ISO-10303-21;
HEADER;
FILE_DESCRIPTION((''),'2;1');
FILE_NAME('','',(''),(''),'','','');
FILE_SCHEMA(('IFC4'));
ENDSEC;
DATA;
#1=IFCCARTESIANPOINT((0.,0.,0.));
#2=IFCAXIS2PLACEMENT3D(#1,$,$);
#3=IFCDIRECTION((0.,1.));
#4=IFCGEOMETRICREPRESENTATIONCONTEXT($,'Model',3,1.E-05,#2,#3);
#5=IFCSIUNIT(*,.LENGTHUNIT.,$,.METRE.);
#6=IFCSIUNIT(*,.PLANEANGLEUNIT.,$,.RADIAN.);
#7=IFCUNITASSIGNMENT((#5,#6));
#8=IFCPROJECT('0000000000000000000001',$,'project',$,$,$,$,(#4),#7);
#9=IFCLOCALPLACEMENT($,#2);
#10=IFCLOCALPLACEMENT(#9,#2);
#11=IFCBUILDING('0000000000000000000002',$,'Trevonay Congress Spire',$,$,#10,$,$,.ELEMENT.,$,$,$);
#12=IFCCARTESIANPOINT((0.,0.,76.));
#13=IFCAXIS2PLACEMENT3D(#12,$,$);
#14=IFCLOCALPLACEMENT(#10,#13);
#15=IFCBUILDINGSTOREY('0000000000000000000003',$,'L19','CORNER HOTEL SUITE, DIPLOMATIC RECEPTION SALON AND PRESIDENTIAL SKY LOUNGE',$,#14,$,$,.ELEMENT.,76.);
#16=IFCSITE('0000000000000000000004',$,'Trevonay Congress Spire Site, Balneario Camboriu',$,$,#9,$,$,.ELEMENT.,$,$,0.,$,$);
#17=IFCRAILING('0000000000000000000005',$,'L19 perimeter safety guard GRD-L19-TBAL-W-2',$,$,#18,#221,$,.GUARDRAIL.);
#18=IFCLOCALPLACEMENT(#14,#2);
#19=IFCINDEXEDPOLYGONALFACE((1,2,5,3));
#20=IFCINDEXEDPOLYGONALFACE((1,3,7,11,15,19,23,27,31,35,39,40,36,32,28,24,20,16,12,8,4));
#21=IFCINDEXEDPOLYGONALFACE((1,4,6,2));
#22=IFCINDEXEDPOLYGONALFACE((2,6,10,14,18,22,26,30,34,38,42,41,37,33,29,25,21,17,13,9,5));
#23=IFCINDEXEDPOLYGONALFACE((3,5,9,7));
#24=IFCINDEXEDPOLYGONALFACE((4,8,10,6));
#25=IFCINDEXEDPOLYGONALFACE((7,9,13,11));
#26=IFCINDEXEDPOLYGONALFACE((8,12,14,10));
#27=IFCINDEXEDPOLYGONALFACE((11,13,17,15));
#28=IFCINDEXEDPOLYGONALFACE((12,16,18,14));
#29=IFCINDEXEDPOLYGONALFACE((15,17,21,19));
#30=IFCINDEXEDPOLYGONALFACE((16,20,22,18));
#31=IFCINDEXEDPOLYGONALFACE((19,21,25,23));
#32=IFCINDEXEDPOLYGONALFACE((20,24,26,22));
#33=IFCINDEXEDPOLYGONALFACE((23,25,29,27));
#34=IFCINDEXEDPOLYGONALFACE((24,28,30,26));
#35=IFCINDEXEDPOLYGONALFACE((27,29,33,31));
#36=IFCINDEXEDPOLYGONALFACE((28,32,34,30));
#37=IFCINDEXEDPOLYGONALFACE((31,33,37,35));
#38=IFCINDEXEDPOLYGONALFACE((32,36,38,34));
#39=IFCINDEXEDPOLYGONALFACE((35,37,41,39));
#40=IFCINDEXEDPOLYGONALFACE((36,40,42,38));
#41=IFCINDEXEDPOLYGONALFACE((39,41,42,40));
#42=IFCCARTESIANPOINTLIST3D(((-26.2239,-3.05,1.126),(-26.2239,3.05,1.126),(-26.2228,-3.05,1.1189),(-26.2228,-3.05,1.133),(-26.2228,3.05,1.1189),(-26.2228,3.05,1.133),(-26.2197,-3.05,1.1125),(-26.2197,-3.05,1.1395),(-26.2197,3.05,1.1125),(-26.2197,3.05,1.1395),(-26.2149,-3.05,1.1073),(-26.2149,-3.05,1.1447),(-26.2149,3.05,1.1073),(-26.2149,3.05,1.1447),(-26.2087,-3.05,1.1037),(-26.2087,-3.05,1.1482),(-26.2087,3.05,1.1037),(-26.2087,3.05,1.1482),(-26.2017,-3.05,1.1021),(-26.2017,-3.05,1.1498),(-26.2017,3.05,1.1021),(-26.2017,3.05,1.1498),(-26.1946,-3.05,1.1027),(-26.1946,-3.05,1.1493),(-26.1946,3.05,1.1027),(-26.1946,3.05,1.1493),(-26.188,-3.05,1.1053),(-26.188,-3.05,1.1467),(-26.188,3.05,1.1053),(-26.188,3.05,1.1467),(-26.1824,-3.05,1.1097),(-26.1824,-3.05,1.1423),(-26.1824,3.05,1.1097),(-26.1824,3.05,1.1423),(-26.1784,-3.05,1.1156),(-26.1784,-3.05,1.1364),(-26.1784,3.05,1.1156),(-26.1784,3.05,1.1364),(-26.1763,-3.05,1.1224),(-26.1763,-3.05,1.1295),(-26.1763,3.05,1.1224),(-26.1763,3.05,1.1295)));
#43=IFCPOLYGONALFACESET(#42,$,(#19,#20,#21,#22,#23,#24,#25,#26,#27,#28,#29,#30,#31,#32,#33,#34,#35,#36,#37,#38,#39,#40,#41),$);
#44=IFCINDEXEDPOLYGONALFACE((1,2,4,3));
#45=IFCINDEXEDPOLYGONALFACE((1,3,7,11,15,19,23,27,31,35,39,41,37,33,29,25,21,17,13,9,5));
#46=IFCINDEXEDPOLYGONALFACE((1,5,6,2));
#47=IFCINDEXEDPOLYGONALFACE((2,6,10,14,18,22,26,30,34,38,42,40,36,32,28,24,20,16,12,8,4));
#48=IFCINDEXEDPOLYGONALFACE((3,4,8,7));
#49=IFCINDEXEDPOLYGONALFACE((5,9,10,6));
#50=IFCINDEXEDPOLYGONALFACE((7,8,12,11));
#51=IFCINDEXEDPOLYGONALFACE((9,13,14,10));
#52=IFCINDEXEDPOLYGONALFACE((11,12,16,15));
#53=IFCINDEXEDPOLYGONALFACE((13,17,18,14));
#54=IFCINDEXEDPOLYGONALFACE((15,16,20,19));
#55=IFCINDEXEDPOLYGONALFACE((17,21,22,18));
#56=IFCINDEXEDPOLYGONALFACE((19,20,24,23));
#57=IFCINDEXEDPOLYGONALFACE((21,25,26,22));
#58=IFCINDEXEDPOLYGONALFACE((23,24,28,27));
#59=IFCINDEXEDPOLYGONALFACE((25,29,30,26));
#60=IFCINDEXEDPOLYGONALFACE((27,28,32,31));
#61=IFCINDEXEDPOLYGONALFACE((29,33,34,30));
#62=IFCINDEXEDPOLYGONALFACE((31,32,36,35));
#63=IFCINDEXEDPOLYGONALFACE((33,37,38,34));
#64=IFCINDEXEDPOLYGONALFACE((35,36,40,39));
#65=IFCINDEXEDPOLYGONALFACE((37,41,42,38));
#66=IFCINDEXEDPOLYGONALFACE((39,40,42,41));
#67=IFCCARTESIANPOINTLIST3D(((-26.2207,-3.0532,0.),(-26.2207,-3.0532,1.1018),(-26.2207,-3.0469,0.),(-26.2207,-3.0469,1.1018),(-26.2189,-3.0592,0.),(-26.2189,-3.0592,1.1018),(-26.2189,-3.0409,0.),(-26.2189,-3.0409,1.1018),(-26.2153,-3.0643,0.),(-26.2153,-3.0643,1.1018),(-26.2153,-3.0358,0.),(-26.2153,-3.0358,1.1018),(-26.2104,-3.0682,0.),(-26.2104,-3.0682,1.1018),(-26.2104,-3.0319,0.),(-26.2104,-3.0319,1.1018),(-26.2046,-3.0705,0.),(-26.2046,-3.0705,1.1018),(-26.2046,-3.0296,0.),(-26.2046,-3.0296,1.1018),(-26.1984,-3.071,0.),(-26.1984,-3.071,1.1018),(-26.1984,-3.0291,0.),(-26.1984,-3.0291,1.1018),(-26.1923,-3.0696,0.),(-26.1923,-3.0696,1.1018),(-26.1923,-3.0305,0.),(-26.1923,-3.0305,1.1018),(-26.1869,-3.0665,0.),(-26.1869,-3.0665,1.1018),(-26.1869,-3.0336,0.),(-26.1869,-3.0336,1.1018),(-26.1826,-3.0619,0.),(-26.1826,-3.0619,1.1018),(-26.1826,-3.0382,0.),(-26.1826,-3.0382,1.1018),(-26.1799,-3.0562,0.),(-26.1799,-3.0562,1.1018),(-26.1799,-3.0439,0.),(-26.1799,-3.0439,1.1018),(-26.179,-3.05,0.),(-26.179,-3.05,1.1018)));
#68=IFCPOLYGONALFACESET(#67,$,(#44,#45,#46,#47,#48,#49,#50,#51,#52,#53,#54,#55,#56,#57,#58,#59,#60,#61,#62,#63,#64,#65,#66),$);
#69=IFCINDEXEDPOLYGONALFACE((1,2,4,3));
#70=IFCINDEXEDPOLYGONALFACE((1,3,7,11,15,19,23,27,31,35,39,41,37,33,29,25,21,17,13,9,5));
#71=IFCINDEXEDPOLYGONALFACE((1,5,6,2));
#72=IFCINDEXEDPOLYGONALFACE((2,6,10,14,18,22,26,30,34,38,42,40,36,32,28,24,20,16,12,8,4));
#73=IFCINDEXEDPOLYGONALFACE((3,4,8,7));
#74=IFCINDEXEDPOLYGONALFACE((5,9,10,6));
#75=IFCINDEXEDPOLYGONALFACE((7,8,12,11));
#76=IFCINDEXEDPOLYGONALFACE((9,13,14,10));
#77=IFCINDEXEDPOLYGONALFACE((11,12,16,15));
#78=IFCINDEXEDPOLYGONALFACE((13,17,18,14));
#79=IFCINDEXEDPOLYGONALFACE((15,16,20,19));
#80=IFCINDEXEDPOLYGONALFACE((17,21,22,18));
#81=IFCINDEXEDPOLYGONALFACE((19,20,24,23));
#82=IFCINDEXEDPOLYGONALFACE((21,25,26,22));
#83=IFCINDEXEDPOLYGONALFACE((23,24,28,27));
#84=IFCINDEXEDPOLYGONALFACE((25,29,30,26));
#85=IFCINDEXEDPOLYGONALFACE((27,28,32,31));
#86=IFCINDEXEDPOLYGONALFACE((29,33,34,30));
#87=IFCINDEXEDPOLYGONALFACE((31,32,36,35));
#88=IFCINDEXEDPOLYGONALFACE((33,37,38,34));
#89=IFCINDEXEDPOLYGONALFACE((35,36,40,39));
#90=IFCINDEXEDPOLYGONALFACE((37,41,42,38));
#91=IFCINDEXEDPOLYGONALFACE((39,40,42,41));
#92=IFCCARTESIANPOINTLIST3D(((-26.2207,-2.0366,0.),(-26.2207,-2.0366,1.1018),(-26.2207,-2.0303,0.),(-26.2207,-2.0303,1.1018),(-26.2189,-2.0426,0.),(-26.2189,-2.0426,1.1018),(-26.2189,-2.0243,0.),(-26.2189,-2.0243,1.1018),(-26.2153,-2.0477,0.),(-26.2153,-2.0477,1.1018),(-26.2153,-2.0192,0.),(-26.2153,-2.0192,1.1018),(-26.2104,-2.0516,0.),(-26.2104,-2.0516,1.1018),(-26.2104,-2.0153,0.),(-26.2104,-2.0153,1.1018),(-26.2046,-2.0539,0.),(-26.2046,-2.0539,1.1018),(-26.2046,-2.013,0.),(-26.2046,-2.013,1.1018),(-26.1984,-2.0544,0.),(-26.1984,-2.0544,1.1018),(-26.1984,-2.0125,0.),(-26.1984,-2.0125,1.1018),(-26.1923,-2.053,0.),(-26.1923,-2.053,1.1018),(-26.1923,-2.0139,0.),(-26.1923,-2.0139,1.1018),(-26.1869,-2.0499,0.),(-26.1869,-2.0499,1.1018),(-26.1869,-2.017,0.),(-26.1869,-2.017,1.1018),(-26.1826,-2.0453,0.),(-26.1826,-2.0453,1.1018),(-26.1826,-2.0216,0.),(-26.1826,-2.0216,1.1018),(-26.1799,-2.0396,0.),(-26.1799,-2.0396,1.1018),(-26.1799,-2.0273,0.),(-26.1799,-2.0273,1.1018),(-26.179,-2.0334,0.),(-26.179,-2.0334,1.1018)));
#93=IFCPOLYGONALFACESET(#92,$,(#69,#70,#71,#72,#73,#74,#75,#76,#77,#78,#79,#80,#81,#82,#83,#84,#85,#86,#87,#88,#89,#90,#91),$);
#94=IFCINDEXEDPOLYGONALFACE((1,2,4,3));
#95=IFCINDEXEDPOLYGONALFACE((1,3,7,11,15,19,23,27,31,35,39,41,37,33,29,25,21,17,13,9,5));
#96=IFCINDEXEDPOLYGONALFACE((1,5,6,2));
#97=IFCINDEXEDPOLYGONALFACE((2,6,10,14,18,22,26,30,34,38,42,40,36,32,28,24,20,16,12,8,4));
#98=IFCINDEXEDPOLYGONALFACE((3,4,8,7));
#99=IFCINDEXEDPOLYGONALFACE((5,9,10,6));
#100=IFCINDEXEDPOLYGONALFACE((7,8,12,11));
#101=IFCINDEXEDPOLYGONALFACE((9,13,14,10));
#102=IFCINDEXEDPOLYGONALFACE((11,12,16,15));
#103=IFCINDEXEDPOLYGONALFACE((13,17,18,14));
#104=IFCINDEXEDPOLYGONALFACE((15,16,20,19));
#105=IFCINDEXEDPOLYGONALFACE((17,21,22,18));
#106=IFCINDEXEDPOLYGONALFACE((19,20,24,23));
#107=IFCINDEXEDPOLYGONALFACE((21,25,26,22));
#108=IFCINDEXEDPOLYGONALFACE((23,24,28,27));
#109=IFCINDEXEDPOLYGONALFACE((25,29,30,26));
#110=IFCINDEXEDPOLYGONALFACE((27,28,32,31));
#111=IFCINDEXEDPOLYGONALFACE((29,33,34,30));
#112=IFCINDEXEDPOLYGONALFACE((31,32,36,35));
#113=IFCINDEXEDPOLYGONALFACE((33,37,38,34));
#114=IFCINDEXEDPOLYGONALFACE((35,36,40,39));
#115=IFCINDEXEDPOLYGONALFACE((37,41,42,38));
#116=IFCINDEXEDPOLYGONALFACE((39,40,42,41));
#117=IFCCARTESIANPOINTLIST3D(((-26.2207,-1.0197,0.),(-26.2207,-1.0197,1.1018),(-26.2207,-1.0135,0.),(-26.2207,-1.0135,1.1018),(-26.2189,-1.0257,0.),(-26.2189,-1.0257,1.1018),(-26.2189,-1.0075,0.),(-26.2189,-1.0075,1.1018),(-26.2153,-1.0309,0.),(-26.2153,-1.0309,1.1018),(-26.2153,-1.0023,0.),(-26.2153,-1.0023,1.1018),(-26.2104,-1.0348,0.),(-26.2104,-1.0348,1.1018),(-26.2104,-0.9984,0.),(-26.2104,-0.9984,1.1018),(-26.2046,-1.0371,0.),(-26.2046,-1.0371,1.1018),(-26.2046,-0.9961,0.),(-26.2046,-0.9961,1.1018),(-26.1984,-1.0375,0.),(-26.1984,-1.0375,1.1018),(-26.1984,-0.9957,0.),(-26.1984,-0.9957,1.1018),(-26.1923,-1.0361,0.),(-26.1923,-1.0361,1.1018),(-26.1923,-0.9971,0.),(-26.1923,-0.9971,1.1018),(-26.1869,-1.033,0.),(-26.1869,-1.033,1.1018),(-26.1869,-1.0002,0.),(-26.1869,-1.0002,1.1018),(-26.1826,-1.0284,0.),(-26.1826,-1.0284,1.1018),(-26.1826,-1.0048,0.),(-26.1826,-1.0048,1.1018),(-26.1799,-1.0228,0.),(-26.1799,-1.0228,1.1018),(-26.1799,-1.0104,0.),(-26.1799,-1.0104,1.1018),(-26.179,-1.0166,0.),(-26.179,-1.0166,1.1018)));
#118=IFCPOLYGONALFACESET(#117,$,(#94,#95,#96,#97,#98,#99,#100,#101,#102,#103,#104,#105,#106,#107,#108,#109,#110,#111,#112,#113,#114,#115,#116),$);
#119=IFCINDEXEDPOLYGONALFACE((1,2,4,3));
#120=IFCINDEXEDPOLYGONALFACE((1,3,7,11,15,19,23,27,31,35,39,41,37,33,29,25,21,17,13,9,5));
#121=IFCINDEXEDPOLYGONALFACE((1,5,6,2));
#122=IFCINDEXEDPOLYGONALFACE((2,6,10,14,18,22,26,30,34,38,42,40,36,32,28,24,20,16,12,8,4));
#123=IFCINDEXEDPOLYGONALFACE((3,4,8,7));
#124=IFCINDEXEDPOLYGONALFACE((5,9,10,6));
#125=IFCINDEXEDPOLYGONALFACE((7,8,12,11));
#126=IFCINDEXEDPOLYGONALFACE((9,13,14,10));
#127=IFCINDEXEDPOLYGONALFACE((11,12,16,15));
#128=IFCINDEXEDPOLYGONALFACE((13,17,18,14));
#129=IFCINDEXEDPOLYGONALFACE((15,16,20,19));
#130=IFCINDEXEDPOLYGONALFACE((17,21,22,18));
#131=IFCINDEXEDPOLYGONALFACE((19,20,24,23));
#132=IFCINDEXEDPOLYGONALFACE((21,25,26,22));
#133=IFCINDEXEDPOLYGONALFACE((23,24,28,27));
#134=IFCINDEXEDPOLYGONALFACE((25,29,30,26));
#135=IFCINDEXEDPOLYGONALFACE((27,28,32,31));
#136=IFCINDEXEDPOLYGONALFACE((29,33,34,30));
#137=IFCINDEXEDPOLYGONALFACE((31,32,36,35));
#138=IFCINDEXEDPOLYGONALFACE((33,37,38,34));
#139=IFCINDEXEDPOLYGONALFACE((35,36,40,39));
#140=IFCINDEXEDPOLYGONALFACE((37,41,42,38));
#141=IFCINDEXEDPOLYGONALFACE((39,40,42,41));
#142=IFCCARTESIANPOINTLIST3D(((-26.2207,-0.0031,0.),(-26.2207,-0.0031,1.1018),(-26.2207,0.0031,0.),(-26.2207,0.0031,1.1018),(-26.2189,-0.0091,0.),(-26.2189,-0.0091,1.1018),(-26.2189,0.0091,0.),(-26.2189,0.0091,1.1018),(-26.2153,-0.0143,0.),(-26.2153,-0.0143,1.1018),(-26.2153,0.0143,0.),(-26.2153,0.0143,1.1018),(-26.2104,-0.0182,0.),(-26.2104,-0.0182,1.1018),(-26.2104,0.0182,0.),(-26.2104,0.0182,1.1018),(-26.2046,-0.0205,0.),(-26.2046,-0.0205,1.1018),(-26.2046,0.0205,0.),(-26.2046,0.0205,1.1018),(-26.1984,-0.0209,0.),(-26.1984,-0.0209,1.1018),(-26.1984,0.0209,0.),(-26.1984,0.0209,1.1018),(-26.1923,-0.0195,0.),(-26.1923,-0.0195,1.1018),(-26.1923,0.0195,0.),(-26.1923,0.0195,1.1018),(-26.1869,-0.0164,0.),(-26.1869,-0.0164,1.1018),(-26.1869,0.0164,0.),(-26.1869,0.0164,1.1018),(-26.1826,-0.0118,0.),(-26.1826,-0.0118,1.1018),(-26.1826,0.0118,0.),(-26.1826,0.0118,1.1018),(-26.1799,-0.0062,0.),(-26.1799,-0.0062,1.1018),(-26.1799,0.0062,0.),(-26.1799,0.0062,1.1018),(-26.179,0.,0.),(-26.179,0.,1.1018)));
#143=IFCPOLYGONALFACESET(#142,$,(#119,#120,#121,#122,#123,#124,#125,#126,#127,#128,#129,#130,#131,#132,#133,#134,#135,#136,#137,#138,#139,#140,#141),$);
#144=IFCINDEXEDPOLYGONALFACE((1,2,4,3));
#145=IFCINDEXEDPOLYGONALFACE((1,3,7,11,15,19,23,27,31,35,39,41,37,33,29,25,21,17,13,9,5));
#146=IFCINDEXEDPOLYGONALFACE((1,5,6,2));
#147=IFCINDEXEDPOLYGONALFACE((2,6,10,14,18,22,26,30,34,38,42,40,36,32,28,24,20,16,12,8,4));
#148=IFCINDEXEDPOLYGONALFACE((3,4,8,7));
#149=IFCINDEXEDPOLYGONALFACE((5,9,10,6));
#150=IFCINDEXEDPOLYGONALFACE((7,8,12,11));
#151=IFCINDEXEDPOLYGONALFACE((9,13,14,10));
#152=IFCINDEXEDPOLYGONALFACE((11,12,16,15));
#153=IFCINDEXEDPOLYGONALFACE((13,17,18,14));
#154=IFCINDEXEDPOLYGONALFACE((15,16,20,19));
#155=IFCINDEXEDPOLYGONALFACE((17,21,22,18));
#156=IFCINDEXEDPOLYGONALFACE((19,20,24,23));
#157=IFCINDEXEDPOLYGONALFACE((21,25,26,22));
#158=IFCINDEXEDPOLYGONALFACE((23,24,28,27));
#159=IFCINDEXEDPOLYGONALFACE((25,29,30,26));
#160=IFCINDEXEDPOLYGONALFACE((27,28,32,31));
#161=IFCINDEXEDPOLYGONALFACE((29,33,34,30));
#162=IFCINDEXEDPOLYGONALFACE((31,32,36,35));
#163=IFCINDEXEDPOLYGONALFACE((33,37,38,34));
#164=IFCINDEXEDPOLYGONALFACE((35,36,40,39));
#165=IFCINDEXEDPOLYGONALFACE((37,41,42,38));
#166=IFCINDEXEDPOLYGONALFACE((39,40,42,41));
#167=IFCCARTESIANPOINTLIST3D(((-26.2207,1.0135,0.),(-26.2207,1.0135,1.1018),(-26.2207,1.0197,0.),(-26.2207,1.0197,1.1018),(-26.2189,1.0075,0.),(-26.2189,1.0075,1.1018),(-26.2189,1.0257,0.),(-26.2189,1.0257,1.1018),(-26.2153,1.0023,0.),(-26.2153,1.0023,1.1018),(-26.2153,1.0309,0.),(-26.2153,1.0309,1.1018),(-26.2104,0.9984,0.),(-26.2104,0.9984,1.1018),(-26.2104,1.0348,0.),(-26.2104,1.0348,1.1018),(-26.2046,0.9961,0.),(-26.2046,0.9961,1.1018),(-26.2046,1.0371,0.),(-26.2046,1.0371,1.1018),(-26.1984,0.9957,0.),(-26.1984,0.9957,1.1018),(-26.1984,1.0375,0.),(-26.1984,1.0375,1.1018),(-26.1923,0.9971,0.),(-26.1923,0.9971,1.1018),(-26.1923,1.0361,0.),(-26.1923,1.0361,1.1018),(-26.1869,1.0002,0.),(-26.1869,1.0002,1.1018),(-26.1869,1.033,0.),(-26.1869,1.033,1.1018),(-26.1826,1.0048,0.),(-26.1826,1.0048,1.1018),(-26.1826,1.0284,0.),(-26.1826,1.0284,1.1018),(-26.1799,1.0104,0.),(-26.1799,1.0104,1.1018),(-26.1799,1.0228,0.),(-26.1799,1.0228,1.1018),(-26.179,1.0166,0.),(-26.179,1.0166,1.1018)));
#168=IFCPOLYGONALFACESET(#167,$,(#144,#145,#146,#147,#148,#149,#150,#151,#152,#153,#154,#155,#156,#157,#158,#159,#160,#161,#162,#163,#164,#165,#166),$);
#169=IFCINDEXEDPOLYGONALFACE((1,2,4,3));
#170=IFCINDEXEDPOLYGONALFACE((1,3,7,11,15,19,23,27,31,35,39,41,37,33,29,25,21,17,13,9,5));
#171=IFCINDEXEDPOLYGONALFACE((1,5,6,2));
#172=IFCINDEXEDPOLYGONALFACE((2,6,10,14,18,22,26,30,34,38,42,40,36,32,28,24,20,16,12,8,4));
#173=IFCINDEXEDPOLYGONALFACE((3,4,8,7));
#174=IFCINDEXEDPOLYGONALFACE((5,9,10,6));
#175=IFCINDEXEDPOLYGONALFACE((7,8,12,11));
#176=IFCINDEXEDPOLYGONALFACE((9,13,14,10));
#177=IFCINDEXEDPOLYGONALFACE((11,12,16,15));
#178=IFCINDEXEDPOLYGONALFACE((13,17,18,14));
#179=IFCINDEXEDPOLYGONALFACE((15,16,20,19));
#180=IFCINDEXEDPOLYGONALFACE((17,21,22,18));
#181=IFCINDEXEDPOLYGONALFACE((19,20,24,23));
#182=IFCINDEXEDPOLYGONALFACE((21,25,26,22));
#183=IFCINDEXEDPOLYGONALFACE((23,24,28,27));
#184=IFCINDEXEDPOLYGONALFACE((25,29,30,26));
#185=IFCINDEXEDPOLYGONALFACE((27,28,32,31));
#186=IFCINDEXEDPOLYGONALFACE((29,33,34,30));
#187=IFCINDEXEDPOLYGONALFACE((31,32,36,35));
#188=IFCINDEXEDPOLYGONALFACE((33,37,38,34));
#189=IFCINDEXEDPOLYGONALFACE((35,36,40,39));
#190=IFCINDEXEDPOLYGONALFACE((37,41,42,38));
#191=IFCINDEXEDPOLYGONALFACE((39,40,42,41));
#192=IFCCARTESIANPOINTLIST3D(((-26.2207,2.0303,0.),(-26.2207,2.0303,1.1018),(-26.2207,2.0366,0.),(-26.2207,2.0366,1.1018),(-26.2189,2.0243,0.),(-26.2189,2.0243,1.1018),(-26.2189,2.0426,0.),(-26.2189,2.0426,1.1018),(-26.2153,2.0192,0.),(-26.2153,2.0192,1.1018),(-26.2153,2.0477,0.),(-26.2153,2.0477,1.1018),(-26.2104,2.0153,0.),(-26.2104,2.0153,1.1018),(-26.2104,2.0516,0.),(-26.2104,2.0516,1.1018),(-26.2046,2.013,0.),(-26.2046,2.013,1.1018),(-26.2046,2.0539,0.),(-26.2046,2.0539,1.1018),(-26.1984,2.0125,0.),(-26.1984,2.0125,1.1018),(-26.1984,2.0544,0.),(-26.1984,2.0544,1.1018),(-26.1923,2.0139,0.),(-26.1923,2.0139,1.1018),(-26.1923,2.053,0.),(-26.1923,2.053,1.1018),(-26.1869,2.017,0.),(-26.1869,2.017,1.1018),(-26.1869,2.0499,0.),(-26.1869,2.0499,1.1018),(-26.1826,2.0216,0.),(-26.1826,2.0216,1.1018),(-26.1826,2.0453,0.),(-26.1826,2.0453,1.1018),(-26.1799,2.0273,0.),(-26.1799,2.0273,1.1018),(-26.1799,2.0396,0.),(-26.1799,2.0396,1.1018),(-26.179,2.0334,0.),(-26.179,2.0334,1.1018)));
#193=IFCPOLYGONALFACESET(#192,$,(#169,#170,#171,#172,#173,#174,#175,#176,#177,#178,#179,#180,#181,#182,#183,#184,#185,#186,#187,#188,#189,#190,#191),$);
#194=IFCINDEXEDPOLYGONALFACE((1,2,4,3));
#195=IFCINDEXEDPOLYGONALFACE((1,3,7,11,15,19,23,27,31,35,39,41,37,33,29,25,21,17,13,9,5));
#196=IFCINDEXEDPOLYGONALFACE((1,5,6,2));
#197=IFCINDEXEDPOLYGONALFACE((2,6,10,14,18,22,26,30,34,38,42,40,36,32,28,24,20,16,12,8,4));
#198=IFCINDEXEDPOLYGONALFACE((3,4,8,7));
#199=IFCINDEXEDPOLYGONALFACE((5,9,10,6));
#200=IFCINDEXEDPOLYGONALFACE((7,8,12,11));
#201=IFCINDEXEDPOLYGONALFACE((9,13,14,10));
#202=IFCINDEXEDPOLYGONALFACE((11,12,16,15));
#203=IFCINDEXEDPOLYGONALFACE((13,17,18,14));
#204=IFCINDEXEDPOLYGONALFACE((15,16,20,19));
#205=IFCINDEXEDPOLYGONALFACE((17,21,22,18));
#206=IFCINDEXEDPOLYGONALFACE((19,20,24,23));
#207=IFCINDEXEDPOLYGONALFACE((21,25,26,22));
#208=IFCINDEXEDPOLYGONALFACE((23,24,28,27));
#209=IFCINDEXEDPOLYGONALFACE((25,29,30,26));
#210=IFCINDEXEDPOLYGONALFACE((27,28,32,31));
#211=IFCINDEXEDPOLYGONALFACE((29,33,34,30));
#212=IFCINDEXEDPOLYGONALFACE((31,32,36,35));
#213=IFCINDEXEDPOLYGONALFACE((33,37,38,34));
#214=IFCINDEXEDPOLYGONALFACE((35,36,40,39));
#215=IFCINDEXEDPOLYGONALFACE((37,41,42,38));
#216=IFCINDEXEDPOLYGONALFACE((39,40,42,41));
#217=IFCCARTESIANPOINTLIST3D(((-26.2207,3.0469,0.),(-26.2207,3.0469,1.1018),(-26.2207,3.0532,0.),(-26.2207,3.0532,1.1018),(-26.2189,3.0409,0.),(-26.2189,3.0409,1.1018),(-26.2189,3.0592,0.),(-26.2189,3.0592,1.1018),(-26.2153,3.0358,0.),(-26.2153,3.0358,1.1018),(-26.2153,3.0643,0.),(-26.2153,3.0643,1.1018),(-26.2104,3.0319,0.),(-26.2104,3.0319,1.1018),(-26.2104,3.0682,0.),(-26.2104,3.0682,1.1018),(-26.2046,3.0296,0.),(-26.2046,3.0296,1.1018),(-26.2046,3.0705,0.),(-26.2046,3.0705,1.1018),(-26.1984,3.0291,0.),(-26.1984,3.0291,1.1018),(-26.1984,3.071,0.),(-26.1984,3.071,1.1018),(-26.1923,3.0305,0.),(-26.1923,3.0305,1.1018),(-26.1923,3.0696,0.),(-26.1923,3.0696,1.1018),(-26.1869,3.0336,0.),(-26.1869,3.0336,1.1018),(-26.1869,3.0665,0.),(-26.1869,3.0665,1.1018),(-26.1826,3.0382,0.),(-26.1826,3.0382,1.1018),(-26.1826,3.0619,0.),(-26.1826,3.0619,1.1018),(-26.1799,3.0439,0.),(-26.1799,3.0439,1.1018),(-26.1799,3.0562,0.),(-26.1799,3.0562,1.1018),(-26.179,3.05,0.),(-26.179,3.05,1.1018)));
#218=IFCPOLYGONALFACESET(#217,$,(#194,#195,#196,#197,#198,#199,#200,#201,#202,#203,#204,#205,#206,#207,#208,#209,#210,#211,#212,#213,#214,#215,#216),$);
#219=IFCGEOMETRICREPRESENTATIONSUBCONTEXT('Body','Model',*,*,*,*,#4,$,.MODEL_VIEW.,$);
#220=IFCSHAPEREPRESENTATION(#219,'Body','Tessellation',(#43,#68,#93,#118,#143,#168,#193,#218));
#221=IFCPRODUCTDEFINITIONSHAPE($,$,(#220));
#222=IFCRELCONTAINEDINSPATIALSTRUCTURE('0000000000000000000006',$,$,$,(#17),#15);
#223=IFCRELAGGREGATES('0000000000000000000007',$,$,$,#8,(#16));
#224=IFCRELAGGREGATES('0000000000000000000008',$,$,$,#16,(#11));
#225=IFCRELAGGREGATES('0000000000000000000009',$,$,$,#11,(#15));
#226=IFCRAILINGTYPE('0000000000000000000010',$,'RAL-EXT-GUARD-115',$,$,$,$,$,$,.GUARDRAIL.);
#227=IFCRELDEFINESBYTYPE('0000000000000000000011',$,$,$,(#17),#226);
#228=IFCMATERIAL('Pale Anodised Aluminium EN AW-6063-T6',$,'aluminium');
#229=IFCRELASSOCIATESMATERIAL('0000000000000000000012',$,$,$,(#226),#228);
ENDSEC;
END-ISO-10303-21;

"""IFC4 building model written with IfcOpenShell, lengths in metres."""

from ifc_helpers import new_model, si_unit, direction, frame, origin, origin_2d, place, context, subcontext, project, spatial, circle, extrude, material, type_object, element, save


model = new_model("IFC4")

# Units and contexts
model_context = context("Model", 3, precision=1e-05, world=origin(), true_north=direction((0.0, 1.0)))
body_context = subcontext(model_context, "Body", "Model", "MODEL_VIEW")
ifc_project = project(units=[si_unit("LENGTHUNIT", "METRE"), si_unit("PLANEANGLEUNIT", "RADIAN")], contexts=[model_context])

# Site, building, storey
site_placement = place(None, origin())
site = spatial("IfcSite", under=ifc_project, at=site_placement, Name="Trevonay Congress Spire Site, Balneario Camboriu", CompositionType="ELEMENT", RefElevation=0.0)
building_placement = place(site_placement, origin())
building = spatial("IfcBuilding", under=site, at=building_placement, Name="Trevonay Congress Spire", CompositionType="ELEMENT")
storey_placement = place(building_placement, frame((0.0, 0.0, 76.0)))
storey = spatial("IfcBuildingStorey", under=building, at=storey_placement, Name="L19", Description="CORNER HOTEL SUITE, DIPLOMATIC RECEPTION SALON AND PRESIDENTIAL SKY LOUNGE", CompositionType="ELEMENT", Elevation=76.0)

# Shared definitions
ifc_material_1 = material(Name="Pale Anodised Aluminium EN AW-6063-T6", Category="aluminium")

# Railing
railing_type = type_object("IfcRailingType", Name="RAL-EXT-GUARD-115", PredefinedType="GUARDRAIL", material=ifc_material_1)
railing_1_placement = place(storey_placement, frame((-26.2, -3.05, 0.0)))
element("IfcRailing", 1, at=railing_1_placement, inside=storey, type_object=railing_type, Name="L19 perimeter safety guard GRD-L19-TBAL-W-2", PredefinedType="GUARDRAIL", context=body_context, shape_type="SweptSolid", body=[
    extrude(circle(Radius=0.0239, at=origin_2d()), frame((0.0, 0.0, 1.126), z_axis=(0.0, 1.0, 0.0), x_axis=(-1.0, 0.0, 0.0)), (0.0, 0.0, 1.0), 6.1001),
    extrude(circle(Radius=0.021, at=origin_2d()), origin(), (0.0, 0.0, 1.0), 1.1018),
    extrude(circle(Radius=0.021, at=origin_2d()), frame((0.0, 1.0166, 0.0)), (0.0, 0.0, 1.0), 1.1018),
    extrude(circle(Radius=0.021, at=origin_2d()), frame((0.0, 2.0334, 0.0)), (0.0, 0.0, 1.0), 1.1018),
    extrude(circle(Radius=0.021, at=origin_2d()), frame((0.0, 3.05, 0.0)), (0.0, 0.0, 1.0), 1.1018),
    extrude(circle(Radius=0.021, at=origin_2d()), frame((0.0, 4.0667, 0.0)), (0.0, 0.0, 1.0), 1.1018),
    extrude(circle(Radius=0.021, at=origin_2d()), frame((0.0, 5.0835, 0.0)), (0.0, 0.0, 1.0), 1.1018),
    extrude(circle(Radius=0.021, at=origin_2d()), frame((0.0, 6.1001, 0.0)), (0.0, 0.0, 1.0), 1.1018),
])

save(model, "model.ifc")
